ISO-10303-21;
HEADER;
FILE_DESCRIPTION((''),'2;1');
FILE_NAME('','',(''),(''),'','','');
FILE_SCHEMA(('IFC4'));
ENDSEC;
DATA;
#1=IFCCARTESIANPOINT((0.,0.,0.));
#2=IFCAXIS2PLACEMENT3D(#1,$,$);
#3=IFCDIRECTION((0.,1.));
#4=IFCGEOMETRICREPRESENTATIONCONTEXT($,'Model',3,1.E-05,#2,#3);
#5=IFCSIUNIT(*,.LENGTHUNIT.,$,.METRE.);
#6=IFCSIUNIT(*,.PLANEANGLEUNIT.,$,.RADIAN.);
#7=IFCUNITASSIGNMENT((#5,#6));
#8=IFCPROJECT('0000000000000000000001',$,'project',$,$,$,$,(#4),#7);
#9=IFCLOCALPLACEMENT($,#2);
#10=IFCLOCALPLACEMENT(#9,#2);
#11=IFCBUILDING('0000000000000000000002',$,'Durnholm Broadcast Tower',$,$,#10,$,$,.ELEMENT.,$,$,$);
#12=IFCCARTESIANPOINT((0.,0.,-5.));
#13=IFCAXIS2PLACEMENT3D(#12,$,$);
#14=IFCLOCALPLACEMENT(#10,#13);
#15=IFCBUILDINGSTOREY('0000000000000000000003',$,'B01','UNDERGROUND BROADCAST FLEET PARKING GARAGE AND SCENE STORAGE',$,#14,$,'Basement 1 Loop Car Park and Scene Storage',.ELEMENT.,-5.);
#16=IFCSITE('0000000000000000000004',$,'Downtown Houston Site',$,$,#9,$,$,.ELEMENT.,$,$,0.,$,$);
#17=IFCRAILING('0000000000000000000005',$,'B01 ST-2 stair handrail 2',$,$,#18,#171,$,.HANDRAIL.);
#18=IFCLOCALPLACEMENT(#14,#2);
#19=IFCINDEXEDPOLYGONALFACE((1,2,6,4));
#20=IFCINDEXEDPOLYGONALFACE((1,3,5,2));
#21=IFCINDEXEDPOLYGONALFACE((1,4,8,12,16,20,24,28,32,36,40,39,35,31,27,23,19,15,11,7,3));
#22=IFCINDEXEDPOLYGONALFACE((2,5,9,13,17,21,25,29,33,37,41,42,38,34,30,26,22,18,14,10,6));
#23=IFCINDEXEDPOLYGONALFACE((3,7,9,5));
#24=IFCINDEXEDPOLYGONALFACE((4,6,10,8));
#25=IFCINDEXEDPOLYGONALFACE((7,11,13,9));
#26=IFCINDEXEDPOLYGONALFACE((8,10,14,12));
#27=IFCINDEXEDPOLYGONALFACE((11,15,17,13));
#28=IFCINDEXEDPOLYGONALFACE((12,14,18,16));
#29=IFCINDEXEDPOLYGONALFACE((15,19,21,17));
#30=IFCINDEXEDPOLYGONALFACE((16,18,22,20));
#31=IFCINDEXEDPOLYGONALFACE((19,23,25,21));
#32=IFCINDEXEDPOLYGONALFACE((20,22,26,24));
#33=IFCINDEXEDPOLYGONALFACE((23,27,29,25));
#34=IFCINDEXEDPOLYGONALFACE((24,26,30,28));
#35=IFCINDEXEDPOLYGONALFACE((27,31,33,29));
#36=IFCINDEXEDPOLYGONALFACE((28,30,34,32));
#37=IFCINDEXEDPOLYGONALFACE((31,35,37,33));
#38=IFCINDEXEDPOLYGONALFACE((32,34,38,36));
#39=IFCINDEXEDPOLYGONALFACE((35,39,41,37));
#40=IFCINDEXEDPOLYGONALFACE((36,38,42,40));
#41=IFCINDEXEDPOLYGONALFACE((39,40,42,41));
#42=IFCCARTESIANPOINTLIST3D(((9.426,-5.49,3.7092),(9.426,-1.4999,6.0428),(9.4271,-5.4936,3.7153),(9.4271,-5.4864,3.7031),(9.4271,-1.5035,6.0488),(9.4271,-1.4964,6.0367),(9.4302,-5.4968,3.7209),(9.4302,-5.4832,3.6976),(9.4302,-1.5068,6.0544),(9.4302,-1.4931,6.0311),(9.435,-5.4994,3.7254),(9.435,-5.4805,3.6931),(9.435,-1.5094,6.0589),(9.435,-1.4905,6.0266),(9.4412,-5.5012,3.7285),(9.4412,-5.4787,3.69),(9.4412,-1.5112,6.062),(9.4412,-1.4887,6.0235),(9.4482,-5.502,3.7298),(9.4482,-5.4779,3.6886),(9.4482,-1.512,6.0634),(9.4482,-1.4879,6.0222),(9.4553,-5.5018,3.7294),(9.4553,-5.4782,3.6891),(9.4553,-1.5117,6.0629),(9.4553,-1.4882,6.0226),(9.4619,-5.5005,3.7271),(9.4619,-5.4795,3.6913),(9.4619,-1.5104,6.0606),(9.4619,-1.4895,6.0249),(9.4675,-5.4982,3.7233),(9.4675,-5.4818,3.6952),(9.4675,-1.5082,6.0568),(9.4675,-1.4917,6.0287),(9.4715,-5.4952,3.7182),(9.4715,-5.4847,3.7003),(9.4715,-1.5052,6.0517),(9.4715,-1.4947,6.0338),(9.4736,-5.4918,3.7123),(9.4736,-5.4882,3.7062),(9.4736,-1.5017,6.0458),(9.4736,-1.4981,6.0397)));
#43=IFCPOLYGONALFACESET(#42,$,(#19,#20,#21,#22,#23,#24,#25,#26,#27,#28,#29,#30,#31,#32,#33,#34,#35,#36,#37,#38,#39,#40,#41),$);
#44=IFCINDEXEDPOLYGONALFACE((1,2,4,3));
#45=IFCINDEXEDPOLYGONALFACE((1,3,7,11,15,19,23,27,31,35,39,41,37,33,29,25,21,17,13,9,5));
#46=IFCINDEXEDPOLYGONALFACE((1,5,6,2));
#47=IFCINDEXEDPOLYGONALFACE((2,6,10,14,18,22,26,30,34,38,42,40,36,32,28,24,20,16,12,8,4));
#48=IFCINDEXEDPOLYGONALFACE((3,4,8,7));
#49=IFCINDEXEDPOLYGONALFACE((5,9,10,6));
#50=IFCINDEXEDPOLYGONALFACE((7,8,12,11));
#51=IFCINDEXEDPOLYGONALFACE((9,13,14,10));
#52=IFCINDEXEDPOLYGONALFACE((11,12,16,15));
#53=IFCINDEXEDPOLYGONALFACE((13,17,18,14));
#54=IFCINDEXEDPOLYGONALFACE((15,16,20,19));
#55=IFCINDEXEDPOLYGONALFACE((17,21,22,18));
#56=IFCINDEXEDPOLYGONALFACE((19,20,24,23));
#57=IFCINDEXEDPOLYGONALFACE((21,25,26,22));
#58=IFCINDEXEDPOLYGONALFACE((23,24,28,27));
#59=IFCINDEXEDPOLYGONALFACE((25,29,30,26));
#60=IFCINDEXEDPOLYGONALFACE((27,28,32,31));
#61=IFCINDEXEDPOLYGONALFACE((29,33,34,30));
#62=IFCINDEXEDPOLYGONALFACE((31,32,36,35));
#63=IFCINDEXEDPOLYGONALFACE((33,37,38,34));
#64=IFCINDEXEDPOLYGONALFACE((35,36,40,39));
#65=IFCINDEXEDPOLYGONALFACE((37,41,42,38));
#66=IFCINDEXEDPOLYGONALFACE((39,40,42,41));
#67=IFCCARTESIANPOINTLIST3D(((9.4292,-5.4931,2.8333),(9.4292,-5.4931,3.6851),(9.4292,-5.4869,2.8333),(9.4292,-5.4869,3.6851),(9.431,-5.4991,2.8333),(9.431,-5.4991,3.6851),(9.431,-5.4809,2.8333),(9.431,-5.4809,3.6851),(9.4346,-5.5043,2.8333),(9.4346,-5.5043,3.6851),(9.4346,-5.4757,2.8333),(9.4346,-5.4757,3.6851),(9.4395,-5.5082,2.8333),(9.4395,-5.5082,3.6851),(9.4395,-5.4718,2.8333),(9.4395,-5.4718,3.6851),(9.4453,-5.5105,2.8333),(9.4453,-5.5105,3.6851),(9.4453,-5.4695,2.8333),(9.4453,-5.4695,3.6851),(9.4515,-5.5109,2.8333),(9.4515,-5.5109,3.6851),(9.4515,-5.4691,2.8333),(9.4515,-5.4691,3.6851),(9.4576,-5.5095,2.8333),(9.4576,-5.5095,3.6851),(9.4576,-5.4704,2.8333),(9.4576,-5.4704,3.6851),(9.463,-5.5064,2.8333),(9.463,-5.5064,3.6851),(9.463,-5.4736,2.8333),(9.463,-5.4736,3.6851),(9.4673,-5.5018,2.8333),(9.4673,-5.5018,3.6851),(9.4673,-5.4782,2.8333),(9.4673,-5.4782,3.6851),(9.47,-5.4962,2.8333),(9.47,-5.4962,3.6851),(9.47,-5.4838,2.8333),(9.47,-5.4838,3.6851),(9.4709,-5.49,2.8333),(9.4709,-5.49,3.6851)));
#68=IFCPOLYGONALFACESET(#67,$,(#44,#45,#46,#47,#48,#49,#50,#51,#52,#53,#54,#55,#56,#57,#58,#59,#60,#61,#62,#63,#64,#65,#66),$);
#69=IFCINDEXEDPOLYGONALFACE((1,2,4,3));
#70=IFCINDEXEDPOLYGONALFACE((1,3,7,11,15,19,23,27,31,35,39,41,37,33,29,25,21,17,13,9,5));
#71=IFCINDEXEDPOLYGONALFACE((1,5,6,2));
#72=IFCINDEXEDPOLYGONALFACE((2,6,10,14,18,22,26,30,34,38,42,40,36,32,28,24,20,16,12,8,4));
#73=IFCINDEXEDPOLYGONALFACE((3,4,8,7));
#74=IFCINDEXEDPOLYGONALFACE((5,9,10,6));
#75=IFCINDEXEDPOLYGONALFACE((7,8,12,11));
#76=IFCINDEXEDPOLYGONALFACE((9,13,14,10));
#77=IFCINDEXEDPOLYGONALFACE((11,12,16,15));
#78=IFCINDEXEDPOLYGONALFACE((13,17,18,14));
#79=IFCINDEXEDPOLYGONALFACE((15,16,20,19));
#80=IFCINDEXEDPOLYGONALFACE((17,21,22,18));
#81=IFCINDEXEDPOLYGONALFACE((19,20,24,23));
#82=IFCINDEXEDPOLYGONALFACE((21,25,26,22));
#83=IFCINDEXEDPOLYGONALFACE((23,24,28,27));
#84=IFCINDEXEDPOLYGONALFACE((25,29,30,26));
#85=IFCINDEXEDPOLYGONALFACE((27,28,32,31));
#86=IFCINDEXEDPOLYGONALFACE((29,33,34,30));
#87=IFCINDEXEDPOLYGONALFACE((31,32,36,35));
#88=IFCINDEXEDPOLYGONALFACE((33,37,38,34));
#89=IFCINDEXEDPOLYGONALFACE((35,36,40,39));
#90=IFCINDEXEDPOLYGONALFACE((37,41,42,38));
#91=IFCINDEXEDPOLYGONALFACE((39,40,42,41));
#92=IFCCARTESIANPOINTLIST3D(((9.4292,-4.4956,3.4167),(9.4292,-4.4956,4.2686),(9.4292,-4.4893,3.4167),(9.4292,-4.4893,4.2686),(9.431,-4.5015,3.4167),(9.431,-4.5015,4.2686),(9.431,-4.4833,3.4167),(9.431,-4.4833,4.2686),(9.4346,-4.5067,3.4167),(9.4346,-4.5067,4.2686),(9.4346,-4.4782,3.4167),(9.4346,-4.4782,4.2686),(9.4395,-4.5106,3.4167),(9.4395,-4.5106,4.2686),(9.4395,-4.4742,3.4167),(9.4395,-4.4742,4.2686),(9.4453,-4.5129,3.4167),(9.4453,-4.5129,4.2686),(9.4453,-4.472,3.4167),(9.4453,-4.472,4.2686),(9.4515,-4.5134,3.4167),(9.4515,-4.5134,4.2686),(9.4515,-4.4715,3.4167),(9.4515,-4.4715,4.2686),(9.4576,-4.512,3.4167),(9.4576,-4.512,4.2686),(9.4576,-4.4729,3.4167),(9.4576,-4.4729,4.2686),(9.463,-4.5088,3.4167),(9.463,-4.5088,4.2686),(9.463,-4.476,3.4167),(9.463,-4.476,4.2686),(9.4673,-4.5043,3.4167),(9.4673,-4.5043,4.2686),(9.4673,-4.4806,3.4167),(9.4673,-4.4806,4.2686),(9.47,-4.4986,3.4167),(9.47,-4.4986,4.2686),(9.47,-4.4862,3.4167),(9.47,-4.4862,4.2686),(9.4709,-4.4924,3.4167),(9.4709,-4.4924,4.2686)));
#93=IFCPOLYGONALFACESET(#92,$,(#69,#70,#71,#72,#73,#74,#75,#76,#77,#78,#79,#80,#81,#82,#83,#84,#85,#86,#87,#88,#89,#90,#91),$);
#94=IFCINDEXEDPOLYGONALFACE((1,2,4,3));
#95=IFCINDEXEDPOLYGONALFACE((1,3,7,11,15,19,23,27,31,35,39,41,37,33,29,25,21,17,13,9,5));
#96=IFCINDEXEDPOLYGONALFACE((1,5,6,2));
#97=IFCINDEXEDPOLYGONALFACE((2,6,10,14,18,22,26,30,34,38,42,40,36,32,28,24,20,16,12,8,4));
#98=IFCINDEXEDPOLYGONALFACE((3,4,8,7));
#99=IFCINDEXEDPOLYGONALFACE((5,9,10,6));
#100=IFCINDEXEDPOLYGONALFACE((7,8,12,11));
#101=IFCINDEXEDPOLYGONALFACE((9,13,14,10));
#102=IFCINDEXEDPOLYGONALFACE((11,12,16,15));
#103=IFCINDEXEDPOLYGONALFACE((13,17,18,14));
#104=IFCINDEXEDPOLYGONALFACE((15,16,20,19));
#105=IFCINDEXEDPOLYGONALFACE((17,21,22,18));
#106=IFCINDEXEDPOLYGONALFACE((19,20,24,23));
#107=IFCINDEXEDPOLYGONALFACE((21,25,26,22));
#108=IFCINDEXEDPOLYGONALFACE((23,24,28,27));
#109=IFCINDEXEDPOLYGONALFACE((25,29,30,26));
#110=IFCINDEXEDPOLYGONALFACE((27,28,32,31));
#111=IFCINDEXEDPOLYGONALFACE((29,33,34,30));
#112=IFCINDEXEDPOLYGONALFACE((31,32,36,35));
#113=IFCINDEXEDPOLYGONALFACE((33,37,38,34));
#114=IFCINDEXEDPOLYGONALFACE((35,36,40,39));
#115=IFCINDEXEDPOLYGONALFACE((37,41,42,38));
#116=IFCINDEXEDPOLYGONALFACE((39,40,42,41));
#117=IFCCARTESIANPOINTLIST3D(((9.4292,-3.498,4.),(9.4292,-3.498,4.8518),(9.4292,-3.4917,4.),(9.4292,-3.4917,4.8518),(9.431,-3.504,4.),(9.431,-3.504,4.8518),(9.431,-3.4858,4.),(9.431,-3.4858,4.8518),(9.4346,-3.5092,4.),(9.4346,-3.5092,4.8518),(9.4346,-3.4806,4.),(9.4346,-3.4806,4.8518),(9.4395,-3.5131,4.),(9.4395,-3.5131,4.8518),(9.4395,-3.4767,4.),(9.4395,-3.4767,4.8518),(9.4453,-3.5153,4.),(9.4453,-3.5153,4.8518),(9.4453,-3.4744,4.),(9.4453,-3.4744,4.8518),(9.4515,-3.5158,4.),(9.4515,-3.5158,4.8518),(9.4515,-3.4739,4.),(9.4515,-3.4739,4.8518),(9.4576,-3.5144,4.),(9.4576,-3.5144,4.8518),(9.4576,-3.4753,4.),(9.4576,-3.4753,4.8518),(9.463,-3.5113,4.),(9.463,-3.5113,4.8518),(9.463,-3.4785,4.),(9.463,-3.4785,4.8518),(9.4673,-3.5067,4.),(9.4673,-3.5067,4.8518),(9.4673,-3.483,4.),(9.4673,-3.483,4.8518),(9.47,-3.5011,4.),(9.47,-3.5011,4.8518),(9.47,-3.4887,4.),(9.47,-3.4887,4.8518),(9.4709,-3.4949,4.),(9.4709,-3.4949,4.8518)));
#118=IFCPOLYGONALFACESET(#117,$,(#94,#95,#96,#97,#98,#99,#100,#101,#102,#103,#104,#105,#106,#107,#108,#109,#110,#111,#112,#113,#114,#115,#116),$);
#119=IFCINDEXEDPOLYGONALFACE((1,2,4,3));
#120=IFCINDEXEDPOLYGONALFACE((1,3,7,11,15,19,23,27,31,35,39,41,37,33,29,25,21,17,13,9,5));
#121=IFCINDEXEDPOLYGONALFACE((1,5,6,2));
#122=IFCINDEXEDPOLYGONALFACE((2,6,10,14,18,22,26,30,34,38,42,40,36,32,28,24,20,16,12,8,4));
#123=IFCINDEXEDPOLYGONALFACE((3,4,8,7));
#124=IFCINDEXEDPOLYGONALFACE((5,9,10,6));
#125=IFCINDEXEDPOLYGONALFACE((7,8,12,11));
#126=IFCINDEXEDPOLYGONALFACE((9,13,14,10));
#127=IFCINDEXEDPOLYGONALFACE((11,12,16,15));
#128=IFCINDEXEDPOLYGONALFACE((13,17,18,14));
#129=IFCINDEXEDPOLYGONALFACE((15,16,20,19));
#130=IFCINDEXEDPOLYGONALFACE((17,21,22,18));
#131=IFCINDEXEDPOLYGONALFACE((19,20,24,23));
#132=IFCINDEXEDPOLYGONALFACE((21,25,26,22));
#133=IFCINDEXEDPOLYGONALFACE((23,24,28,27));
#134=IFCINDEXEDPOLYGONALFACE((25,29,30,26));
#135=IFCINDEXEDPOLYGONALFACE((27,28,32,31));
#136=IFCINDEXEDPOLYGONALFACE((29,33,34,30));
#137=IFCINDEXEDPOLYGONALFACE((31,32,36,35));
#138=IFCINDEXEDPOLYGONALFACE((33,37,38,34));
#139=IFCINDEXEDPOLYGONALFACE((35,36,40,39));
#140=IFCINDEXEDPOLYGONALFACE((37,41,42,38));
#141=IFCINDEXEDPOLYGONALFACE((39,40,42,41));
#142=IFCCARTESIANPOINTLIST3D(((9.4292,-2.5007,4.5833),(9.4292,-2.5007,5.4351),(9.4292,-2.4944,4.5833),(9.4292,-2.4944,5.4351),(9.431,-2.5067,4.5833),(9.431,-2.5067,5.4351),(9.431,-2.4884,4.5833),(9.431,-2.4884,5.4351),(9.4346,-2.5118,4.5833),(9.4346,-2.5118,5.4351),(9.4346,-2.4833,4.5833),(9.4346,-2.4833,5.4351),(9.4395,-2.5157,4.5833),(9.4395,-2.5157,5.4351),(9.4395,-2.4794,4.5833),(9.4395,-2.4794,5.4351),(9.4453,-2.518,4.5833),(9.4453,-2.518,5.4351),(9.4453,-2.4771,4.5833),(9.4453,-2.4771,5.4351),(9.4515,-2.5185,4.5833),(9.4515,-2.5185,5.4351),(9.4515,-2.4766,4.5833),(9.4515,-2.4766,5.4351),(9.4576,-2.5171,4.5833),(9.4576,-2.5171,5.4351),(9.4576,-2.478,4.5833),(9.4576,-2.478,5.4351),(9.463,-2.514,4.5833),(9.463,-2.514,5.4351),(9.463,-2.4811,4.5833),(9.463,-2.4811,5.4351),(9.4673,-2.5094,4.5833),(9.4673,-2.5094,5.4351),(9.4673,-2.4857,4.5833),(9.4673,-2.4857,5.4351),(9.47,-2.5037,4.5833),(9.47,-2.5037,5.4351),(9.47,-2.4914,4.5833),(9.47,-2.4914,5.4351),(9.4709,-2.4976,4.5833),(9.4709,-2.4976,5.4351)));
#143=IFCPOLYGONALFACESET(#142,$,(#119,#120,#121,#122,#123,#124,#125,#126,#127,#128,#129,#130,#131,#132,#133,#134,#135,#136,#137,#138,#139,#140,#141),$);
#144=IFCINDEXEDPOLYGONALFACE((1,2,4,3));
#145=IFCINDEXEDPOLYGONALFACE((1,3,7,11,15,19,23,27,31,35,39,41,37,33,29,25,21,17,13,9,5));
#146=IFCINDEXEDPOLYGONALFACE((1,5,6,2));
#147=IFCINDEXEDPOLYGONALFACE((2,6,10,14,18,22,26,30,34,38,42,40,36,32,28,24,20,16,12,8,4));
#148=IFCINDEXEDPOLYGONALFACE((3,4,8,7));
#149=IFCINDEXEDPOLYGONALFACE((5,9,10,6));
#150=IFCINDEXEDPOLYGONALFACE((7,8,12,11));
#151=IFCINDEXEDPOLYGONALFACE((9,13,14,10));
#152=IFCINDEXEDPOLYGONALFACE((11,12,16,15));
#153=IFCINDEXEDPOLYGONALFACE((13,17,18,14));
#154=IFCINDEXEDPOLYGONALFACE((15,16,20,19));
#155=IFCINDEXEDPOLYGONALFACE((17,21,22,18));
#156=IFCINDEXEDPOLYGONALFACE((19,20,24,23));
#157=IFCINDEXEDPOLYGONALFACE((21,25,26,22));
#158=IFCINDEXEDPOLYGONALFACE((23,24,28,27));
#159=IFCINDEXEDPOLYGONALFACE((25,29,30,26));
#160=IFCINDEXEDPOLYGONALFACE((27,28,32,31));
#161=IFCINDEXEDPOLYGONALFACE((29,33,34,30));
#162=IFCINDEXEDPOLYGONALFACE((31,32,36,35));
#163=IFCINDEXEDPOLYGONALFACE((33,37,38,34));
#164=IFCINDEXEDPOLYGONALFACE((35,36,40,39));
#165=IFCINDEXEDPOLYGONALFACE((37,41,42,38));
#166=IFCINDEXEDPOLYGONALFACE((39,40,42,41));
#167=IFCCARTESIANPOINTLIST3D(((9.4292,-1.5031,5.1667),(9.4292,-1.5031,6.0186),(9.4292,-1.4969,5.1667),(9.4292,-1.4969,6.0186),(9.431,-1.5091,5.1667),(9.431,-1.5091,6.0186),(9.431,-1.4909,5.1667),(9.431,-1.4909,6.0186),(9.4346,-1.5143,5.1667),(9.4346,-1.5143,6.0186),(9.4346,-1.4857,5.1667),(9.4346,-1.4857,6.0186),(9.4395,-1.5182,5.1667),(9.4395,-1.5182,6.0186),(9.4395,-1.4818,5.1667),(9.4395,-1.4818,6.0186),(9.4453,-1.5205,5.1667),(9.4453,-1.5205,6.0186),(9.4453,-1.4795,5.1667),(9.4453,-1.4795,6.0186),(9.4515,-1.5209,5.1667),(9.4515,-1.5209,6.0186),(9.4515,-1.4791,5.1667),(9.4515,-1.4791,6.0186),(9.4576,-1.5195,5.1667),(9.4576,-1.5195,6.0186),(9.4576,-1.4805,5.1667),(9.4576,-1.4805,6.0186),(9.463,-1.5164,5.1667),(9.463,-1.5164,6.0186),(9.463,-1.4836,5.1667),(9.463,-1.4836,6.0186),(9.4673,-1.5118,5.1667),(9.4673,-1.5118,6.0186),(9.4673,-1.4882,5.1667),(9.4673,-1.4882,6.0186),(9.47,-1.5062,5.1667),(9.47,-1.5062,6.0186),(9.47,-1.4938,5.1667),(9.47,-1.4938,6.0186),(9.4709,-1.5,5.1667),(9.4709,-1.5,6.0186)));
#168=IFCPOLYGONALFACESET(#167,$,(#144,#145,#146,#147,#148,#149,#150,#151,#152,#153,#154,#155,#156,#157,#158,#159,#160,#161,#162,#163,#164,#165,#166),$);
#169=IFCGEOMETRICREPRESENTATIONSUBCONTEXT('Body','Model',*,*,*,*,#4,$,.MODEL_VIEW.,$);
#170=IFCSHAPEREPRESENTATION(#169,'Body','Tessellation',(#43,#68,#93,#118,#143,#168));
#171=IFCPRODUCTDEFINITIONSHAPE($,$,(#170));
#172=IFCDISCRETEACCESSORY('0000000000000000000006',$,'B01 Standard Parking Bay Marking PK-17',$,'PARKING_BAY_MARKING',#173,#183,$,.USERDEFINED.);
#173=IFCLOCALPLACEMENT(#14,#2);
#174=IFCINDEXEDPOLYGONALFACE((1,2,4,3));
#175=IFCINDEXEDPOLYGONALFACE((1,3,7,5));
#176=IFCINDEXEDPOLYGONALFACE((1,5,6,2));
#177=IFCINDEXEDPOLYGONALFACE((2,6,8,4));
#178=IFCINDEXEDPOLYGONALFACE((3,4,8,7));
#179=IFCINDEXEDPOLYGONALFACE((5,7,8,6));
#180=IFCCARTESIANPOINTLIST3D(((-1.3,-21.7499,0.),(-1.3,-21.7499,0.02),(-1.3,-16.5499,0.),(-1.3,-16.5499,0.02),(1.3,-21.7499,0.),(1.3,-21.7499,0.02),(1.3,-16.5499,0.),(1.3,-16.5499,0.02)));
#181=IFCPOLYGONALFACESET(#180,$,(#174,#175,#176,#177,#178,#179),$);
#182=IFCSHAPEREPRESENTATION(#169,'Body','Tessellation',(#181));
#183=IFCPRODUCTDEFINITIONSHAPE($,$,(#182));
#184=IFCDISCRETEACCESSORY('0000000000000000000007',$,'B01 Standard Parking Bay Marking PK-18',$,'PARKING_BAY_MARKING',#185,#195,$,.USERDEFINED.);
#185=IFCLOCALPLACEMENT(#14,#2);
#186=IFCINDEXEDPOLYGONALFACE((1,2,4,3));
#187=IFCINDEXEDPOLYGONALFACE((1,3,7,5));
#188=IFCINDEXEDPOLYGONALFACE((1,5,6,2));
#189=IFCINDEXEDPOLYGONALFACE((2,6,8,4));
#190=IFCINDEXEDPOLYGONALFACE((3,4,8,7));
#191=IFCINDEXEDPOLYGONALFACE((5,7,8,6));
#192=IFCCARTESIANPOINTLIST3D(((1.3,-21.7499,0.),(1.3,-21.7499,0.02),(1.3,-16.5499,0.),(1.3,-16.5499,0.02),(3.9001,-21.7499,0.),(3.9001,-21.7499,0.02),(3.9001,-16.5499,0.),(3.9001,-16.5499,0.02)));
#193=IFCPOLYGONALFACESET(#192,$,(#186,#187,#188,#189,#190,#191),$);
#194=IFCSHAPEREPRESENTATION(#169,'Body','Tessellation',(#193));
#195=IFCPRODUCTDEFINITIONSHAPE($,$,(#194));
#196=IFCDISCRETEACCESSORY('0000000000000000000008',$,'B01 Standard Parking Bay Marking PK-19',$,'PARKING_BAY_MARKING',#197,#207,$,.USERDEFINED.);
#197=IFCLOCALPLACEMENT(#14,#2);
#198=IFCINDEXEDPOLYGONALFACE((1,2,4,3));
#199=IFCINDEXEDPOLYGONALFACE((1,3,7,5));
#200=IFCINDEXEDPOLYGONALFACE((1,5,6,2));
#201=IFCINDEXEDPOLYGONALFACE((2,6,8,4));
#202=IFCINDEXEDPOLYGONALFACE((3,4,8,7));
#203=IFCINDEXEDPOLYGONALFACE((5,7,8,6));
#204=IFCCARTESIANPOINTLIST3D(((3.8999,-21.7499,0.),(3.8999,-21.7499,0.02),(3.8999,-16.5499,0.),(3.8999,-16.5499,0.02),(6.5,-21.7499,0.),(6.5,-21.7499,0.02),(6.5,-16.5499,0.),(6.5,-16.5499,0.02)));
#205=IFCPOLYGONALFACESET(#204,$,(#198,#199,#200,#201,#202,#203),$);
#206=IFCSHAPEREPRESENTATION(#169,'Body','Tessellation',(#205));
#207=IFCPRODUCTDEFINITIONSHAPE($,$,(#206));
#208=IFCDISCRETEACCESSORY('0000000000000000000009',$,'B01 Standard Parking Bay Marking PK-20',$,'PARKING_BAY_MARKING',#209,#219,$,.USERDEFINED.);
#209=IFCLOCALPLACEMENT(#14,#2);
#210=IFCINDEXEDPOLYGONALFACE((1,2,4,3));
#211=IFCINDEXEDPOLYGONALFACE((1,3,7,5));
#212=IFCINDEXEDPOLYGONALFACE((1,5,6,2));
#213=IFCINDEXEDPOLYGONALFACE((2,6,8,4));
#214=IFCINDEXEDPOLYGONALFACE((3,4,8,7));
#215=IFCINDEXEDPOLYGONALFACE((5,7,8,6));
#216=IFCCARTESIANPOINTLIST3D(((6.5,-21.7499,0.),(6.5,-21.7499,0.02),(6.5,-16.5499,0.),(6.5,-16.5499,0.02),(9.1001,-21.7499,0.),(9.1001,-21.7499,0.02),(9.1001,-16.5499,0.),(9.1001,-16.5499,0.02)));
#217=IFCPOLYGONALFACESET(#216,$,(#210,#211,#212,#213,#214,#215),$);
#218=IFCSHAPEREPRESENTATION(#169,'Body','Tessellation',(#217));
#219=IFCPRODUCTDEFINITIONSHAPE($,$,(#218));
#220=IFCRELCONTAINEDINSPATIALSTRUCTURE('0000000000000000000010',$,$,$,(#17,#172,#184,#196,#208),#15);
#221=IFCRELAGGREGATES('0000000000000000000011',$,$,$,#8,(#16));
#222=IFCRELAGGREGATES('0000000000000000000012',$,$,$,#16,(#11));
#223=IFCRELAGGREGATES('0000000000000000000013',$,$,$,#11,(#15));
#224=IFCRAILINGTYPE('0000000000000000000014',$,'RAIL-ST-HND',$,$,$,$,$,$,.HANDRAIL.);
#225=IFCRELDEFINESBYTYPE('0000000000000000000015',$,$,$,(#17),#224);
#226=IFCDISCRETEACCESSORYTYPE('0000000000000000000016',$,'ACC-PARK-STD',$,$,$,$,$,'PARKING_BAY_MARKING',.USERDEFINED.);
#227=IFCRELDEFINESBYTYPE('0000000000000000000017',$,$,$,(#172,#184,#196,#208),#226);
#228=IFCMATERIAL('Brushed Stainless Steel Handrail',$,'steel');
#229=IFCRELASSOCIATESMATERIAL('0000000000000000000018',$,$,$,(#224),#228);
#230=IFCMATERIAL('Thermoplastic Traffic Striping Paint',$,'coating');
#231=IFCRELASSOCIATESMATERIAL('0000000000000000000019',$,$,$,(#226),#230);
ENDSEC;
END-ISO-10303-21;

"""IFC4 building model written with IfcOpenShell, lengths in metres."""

from ifc_helpers import new_model, si_unit, direction, frame, origin, origin_2d, place, context, subcontext, project, spatial, rectangle, circle, extrude, source, transform, mapped, material, type_object, type_shapes, element, save


model = new_model("IFC4")

# Units and contexts
model_context = context("Model", 3, precision=1e-05, world=origin(), true_north=direction((0.0, 1.0)))
body_context = subcontext(model_context, "Body", "Model", "MODEL_VIEW")
ifc_project = project(units=[si_unit("LENGTHUNIT", "METRE"), si_unit("PLANEANGLEUNIT", "RADIAN")], contexts=[model_context])

# Site, building, storey
site_placement = place(None, origin())
site = spatial("IfcSite", under=ifc_project, at=site_placement, Name="Downtown Houston Site", CompositionType="ELEMENT", RefElevation=0.0)
building_placement = place(site_placement, origin())
building = spatial("IfcBuilding", under=site, at=building_placement, Name="Durnholm Broadcast Tower", CompositionType="ELEMENT")
storey_placement = place(building_placement, frame((0.0, 0.0, -5.0)))
storey = spatial("IfcBuildingStorey", under=building, at=storey_placement, Name="B01", Description="UNDERGROUND BROADCAST FLEET PARKING GARAGE AND SCENE STORAGE", LongName="Basement 1 Loop Car Park and Scene Storage", CompositionType="ELEMENT", Elevation=-5.0)

# Railing
ifc_material_1 = material(Name="Brushed Stainless Steel Handrail", Category="steel")
railing_type_1 = type_object("IfcRailingType", Name="RAIL-ST-HND", PredefinedType="HANDRAIL", material=ifc_material_1)
railing_1_placement = place(storey_placement, frame((9.45, -5.49, 2.8333)))
element("IfcRailing", 1, at=railing_1_placement, inside=storey, type_object=railing_type_1, Name="B01 ST-2 stair handrail 2", PredefinedType="HANDRAIL", context=body_context, shape_type="SweptSolid", body=[
    extrude(circle(Radius=0.0239, at=origin_2d()), frame((0.0, 0.0, 0.876), z_axis=(0.0, 0.863213, 0.50484), x_axis=(-1.0, 0.0, 0.0)), (0.0, 0.0, 1.0), 4.6223),
    extrude(circle(Radius=0.021, at=origin_2d()), origin(), (0.0, 0.0, 1.0), 0.8518),
    extrude(circle(Radius=0.021, at=origin_2d()), frame((0.0, 0.9976, 0.5835)), (0.0, 0.0, 1.0), 0.8518),
    extrude(circle(Radius=0.021, at=origin_2d()), frame((0.0, 1.9951, 1.1667)), (0.0, 0.0, 1.0), 0.8518),
    extrude(circle(Radius=0.021, at=origin_2d()), frame((0.0, 2.9924, 1.75)), (0.0, 0.0, 1.0), 0.8518),
    extrude(circle(Radius=0.021, at=origin_2d()), frame((0.0, 3.99, 2.3335)), (0.0, 0.0, 1.0), 0.8518),
])

# Discrete accessories
ifc_material_2 = material(Name="Thermoplastic Traffic Striping Paint", Category="coating")
discrete_accessory_type = type_object("IfcDiscreteAccessoryType", Name="ACC-PARK-STD", ElementType="PARKING_BAY_MARKING", PredefinedType="USERDEFINED", material=ifc_material_2)
shared_shape_1 = source(origin(), body_context, "Body", "SweptSolid", [
    extrude(rectangle(XDim=2.6001, YDim=5.2, at=origin_2d()), origin(), (0.0, 0.0, 1.0), 0.02),
])
type_shapes(discrete_accessory_type, [shared_shape_1])
for number, where, z_axis, x_axis, name in (
    (2, (0.0, -19.1499, 0.0), (0.0, 0.0, 1.0), (1.0, 0.0, 0.0), "B01 Standard Parking Bay Marking PK-17"),
    (3, (2.6001, -19.1499, 0.0), (0.0, 0.0, 1.0), (1.0, 0.0, 0.0), "B01 Standard Parking Bay Marking PK-18"),
    (4, (5.2, -19.1499, 0.0), (0.0, 0.0, 1.0), (1.0, 0.0, 0.0), "B01 Standard Parking Bay Marking PK-19"),
    (5, (7.8, -19.1499, 0.0), (0.0, 0.0, 1.0), (1.0, 0.0, 0.0), "B01 Standard Parking Bay Marking PK-20"),
):
    element("IfcDiscreteAccessory", number, at=place(storey_placement, frame(where, z_axis=z_axis, x_axis=x_axis)), inside=storey, type_object=discrete_accessory_type, Name=name, ObjectType="PARKING_BAY_MARKING", PredefinedType="USERDEFINED", context=body_context, shape_type="MappedRepresentation", body=[
        mapped(shared_shape_1, transform((0.0, 0.0, 0.0), x_axis=(1.0, 0.0, 0.0), y_axis=(0.0, 1.0, 0.0), z_axis=(0.0, 0.0, 1.0), scale=1.0)),
    ])

save(model, "model.ifc")
